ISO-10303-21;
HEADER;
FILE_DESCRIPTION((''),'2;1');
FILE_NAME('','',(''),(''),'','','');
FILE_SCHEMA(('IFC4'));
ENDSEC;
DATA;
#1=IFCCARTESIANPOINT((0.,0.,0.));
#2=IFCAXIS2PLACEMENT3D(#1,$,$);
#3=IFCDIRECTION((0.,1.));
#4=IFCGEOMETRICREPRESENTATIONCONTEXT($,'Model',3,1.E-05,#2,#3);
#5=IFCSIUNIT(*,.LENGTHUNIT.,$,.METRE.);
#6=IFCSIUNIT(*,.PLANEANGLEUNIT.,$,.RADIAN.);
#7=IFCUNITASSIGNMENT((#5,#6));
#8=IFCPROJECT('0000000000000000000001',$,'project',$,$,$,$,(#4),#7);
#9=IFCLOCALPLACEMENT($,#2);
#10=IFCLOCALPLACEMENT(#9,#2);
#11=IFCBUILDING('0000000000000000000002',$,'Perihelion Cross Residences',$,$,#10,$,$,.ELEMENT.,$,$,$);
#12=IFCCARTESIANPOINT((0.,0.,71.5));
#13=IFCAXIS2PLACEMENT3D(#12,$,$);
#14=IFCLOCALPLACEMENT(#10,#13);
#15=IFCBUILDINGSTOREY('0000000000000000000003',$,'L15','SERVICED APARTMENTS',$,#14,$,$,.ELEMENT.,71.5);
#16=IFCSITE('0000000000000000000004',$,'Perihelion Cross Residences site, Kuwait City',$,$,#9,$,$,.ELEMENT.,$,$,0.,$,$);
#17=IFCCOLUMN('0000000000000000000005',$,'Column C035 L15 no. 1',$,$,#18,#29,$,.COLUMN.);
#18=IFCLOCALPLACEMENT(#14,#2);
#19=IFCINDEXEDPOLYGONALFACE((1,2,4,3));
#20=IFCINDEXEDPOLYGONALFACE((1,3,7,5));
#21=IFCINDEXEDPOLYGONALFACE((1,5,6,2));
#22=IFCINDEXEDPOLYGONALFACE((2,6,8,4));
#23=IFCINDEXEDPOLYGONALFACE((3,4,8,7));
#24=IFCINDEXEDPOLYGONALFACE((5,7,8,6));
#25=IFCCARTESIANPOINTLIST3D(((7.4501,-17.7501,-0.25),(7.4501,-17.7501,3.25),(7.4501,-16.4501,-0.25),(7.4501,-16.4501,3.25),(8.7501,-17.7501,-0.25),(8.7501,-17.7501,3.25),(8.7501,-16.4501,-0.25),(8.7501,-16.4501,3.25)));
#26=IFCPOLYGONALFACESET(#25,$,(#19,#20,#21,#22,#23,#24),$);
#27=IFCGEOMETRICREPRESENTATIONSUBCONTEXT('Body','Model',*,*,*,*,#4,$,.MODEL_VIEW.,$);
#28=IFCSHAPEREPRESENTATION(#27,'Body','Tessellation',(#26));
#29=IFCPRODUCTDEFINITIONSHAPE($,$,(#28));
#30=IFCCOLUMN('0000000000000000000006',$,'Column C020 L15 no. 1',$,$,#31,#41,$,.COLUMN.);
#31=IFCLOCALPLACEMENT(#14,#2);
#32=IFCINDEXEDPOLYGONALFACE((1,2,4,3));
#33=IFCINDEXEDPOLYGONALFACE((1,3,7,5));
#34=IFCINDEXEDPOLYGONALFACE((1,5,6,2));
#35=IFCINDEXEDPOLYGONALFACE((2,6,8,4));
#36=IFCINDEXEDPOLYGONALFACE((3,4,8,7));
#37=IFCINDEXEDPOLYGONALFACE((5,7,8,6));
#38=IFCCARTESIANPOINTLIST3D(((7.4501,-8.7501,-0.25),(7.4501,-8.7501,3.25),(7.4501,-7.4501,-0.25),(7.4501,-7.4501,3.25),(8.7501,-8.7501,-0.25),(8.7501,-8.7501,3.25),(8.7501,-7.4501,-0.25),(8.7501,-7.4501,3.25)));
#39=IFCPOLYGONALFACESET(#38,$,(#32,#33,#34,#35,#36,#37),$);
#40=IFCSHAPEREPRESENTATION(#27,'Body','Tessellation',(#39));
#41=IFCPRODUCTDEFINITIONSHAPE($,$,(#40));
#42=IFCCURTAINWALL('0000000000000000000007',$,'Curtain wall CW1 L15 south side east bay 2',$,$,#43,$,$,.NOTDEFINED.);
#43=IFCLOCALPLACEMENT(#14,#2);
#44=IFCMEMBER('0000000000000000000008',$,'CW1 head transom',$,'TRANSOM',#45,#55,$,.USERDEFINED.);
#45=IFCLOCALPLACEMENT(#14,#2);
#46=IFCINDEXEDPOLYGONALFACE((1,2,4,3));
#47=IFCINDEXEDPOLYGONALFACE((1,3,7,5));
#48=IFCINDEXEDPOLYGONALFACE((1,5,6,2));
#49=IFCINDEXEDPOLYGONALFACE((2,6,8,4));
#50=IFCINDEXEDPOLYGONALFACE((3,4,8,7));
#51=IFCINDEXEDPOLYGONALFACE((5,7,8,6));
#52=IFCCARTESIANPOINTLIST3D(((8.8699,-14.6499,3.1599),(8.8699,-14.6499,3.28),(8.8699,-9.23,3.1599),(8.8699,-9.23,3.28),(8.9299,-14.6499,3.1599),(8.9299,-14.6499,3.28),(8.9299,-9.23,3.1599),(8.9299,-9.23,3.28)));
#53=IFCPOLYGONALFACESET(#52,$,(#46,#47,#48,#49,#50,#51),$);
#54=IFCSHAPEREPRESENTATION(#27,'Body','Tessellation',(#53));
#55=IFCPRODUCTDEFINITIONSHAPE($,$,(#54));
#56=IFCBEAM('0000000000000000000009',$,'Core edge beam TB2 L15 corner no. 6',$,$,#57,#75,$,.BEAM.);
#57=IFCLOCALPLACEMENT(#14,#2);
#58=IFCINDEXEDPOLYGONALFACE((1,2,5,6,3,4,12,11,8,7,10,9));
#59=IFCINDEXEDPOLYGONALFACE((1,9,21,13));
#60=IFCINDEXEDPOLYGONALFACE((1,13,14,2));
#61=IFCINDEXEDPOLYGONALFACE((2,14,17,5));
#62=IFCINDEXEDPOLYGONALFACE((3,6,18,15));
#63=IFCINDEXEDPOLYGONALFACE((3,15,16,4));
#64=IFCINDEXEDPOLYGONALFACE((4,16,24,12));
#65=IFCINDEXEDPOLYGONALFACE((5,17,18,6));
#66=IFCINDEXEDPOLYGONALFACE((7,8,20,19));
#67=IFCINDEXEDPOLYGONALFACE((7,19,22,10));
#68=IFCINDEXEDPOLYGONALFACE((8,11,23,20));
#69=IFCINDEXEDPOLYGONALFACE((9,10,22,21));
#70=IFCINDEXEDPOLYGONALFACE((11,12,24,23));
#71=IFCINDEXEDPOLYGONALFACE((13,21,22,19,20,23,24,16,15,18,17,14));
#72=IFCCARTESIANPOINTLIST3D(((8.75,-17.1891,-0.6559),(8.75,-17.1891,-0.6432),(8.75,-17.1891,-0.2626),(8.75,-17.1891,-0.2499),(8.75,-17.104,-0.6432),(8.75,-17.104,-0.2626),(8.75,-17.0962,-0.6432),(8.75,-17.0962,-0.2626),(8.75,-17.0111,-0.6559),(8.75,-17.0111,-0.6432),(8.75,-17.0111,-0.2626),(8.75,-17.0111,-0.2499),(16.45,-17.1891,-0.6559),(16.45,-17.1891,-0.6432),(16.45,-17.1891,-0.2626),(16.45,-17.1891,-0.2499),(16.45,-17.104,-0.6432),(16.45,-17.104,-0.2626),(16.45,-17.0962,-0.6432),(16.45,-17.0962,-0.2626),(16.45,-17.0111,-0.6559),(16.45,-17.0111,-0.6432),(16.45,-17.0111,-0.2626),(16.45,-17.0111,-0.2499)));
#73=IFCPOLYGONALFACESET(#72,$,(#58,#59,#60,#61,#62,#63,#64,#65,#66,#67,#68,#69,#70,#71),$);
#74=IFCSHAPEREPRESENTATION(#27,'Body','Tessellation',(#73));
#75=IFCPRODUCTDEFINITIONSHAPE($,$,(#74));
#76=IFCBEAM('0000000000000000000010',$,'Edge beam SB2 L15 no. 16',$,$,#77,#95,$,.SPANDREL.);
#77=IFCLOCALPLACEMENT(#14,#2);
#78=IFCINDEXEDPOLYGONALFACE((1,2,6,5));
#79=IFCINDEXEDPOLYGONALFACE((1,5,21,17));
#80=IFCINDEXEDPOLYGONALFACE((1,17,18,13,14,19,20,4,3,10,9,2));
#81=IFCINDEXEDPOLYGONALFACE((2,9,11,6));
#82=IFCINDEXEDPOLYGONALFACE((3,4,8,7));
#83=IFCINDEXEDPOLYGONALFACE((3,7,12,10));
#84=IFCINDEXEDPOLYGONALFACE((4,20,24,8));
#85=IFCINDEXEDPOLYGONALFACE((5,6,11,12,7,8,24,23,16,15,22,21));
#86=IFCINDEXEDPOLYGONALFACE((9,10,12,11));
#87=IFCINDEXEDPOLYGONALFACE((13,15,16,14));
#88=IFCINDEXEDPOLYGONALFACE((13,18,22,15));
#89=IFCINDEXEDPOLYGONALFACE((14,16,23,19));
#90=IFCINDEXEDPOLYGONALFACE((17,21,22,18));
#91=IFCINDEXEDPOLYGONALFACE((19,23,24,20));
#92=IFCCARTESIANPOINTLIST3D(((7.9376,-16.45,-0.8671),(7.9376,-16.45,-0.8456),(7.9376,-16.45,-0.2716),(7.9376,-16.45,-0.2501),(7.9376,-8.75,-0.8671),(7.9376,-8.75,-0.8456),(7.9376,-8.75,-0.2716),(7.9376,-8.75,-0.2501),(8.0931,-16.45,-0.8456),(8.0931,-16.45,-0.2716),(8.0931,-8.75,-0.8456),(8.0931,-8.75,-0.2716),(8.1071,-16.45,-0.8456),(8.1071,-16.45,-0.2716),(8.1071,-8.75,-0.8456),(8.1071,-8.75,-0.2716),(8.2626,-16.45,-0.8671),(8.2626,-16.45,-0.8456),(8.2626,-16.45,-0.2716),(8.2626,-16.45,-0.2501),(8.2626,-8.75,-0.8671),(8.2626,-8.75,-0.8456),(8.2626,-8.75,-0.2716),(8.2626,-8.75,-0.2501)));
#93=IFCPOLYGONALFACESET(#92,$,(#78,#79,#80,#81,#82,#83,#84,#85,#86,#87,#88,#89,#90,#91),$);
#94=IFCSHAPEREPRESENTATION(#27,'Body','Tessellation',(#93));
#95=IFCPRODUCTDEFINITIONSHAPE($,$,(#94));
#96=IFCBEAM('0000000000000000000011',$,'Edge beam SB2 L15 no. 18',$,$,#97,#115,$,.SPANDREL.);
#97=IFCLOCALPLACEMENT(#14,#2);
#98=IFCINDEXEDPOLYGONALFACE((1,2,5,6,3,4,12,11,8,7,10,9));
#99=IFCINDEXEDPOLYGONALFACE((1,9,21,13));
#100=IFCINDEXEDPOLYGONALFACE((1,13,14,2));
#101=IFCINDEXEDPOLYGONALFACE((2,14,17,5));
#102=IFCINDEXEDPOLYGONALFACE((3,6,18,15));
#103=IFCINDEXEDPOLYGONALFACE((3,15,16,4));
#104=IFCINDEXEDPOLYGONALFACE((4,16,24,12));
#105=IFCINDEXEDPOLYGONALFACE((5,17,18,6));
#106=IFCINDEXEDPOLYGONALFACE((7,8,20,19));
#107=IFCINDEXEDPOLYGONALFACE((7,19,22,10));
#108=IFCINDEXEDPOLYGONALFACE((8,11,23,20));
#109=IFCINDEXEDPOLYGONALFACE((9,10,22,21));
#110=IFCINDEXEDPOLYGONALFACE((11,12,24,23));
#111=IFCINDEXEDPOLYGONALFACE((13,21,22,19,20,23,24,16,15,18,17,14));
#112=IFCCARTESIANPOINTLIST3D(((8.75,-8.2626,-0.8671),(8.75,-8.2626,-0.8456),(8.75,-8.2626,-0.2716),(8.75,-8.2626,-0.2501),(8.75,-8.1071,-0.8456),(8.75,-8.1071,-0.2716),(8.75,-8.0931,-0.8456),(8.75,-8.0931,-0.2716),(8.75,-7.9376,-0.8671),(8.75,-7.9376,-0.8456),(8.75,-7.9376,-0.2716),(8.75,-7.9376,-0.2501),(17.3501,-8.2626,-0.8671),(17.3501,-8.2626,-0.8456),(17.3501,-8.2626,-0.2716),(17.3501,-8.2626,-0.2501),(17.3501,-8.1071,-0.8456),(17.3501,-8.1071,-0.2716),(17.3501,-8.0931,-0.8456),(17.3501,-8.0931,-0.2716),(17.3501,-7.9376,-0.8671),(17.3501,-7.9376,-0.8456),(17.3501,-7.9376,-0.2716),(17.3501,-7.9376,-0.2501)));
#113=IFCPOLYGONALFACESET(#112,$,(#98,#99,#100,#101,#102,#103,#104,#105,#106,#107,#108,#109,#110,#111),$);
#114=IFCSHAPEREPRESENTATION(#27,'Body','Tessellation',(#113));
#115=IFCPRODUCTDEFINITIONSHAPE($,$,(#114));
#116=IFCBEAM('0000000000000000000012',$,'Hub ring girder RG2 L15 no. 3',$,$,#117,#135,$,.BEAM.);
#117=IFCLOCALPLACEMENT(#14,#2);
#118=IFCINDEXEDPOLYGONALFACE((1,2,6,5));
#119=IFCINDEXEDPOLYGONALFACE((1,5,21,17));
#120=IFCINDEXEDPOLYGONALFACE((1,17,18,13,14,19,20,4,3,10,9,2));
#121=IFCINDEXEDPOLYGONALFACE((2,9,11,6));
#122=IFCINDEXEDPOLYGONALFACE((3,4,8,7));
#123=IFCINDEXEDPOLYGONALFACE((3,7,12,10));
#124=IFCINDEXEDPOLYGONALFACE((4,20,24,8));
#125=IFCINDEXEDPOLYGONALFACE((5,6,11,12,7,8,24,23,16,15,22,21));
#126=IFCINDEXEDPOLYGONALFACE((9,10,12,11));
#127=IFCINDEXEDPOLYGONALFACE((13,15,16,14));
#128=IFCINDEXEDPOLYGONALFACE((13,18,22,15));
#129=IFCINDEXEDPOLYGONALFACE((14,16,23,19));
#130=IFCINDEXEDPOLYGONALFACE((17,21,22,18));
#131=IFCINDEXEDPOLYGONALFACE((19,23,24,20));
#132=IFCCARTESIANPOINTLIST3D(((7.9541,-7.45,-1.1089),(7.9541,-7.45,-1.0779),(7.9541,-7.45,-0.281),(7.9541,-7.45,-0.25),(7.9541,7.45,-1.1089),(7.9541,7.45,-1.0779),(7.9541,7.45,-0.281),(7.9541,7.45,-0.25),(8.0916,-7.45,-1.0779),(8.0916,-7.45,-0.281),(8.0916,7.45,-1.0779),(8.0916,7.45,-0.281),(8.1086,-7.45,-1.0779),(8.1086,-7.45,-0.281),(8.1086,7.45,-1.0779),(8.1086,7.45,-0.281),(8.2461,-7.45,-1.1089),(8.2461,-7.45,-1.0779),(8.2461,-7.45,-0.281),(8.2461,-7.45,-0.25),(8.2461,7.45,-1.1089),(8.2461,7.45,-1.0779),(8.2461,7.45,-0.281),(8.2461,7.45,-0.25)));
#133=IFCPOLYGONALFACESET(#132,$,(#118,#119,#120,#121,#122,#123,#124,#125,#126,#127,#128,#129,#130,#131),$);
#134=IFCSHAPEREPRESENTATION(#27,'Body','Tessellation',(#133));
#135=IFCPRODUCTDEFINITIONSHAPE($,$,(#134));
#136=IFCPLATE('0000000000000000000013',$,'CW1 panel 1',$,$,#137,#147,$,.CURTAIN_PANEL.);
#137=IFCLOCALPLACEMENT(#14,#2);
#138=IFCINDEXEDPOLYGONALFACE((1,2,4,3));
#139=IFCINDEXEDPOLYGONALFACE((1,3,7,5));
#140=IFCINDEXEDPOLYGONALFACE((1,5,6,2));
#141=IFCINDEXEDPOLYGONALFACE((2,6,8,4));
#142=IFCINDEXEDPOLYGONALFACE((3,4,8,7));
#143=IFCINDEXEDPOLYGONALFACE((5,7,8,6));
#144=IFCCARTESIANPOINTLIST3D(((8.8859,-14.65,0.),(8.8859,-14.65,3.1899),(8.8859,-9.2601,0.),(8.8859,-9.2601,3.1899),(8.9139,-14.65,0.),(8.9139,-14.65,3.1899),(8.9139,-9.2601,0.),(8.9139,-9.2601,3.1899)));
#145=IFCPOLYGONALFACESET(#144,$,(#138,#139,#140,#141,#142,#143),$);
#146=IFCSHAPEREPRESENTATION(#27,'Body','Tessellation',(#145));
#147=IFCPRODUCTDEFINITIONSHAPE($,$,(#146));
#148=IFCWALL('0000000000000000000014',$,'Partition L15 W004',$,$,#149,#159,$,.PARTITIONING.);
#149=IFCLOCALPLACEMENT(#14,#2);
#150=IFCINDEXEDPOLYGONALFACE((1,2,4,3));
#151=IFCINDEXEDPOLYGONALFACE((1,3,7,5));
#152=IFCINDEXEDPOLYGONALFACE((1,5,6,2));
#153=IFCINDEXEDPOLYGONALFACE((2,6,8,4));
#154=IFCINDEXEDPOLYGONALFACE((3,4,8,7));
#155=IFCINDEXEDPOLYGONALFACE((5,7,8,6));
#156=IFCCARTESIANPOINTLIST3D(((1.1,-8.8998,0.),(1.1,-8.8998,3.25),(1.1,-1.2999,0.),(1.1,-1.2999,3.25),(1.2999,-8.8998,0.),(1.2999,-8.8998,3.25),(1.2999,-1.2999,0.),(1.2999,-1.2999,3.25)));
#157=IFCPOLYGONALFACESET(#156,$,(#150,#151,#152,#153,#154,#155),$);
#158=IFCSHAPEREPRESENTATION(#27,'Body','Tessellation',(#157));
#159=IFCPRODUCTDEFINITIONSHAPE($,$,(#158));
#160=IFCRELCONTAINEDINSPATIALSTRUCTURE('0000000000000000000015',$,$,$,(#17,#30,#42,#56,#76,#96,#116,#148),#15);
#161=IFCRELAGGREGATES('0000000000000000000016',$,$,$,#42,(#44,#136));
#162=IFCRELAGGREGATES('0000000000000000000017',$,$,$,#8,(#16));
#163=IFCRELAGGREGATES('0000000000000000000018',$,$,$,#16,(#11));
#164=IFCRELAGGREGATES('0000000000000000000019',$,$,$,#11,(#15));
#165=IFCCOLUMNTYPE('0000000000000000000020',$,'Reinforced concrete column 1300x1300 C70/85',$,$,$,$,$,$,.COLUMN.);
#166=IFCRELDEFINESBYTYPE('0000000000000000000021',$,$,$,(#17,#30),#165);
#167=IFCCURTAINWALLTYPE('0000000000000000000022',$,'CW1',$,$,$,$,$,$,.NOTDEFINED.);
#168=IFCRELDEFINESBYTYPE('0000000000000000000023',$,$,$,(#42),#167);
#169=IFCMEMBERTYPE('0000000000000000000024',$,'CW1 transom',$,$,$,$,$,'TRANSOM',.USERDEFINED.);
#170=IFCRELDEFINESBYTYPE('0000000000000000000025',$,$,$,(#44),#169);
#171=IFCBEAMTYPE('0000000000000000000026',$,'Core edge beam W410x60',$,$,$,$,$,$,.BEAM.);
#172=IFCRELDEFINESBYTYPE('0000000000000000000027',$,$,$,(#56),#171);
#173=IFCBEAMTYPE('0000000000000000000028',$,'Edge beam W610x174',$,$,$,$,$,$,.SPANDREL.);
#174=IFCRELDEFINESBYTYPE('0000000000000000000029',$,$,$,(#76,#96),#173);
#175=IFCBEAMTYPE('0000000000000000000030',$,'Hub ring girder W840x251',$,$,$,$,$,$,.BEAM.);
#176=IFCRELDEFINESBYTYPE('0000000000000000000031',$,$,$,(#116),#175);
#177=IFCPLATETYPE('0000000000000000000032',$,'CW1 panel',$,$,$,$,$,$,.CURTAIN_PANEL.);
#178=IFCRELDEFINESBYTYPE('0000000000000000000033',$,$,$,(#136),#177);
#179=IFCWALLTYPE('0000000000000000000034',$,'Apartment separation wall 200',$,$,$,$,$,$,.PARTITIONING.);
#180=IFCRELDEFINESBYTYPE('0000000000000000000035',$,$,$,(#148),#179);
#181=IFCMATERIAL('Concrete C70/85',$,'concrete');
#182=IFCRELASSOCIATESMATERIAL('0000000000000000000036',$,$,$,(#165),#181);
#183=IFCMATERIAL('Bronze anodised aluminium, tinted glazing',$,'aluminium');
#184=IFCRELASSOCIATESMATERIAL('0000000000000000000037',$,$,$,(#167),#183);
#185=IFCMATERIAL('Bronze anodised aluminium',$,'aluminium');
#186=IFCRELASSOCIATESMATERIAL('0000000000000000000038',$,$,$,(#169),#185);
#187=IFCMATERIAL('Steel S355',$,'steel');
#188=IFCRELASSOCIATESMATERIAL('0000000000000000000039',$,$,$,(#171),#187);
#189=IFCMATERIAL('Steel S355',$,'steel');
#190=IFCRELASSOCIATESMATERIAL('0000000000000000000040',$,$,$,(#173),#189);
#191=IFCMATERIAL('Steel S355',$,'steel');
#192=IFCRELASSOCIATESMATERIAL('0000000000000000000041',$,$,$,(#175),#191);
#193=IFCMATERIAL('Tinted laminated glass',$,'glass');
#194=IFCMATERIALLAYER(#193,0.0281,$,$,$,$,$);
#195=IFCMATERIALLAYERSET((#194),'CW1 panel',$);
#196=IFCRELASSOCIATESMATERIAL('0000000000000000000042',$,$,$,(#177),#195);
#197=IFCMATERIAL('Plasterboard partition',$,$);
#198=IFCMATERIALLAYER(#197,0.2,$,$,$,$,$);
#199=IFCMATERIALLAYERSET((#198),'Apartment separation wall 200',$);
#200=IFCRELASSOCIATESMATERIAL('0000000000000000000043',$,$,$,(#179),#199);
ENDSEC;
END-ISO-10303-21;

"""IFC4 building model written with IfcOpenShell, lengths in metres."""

from ifc_helpers import new_model, si_unit, direction, frame, frame_2d, origin, origin_2d, place, context, subcontext, project, spatial, rectangle, i_section, extrude, material, layer, layer_set, material_profile, profile_set, type_object, element, aggregate, save


model = new_model("IFC4")

# Units and contexts
model_context = context("Model", 3, precision=1e-05, world=origin(), true_north=direction((0.0, 1.0)))
body_context = subcontext(model_context, "Body", "Model", "MODEL_VIEW")
ifc_project = project(units=[si_unit("LENGTHUNIT", "METRE"), si_unit("PLANEANGLEUNIT", "RADIAN")], contexts=[model_context])

# Site, building, storey
site_placement = place(None, origin())
site = spatial("IfcSite", under=ifc_project, at=site_placement, Name="Perihelion Cross Residences site, Kuwait City", CompositionType="ELEMENT", RefElevation=0.0)
building_placement = place(site_placement, origin())
building = spatial("IfcBuilding", under=site, at=building_placement, Name="Perihelion Cross Residences", CompositionType="ELEMENT")
storey_placement = place(building_placement, frame((0.0, 0.0, 71.5)))
storey = spatial("IfcBuildingStorey", under=building, at=storey_placement, Name="L15", Description="SERVICED APARTMENTS", CompositionType="ELEMENT", Elevation=71.5)

# Columns
ifc_material_1 = material(Name="Concrete C70/85", Category="concrete")
ifc_material_profile_1 = material_profile(ifc_material_1, rectangle(XDim=1.3, YDim=1.3, at=origin_2d()), Name="RC 1300x1300")
ifc_profile_set_1 = profile_set([ifc_material_profile_1], Name="Concrete C70/85")
column_type = type_object("IfcColumnType", Name="Reinforced concrete column 1300x1300 C70/85", PredefinedType="COLUMN", material=ifc_profile_set_1)
for number, where, z_axis, x_axis, name in (
    (1, (8.1001, -17.1001, -0.25), (0.0, 0.0, 1.0), (1.0, 0.0, 0.0), "Column C035 L15 no. 1"),
    (2, (8.1001, -8.1001, -0.25), (0.0, 0.0, 1.0), (1.0, 0.0, 0.0), "Column C020 L15 no. 1"),
):
    element("IfcColumn", number, at=place(storey_placement, frame(where, z_axis=z_axis, x_axis=x_axis)), inside=storey, type_object=column_type, Name=name, PredefinedType="COLUMN", context=body_context, shape_type="SweptSolid", body=[
        extrude(rectangle(XDim=1.3, YDim=1.3, at=origin_2d()), origin(), (0.0, 0.0, 1.0), 3.5),
    ])

# Curtain wall, member
ifc_material_2 = material(Name="Bronze anodised aluminium, tinted glazing", Category="aluminium")
curtain_wall_type = type_object("IfcCurtainWallType", Name="CW1", PredefinedType="NOTDEFINED", material=ifc_material_2)
curtain_wall_placement = place(storey_placement, origin())
curtain_wall = element("IfcCurtainWall", 3, at=curtain_wall_placement, inside=storey, type_object=curtain_wall_type, Name="Curtain wall CW1 L15 south side east bay 2", PredefinedType="NOTDEFINED")
ifc_material_3 = material(Name="Bronze anodised aluminium", Category="aluminium")
ifc_material_profile_2 = material_profile(ifc_material_3, rectangle(XDim=0.0601, YDim=0.1201, at=origin_2d()), Name="CW1 transom")
ifc_profile_set_2 = profile_set([ifc_material_profile_2], Name="Bronze anodised aluminium")
member_type = type_object("IfcMemberType", Name="CW1 transom", ElementType="TRANSOM", PredefinedType="USERDEFINED", material=ifc_profile_set_2)
member_placement = place(storey_placement, frame((8.8999, -14.6499, 3.22), z_axis=(0.0, 1.0, 0.0), x_axis=(-1.0, 0.0, 0.0)))
member = element("IfcMember", 4, at=member_placement, type_object=member_type, Name="CW1 head transom", ObjectType="TRANSOM", PredefinedType="USERDEFINED", context=body_context, shape_type="SweptSolid", body=[
    extrude(rectangle(XDim=0.0601, YDim=0.1201, at=origin_2d()), origin(), (0.0, 0.0, 1.0), 5.4199),
])

# Beams
ifc_material_4 = material(Name="Steel S355", Category="steel")
ifc_material_profile_3 = material_profile(ifc_material_4, i_section(OverallWidth=0.178, OverallDepth=0.406, WebThickness=0.0078, FlangeThickness=0.0127, at=origin_2d()), Name="W410x60")
ifc_profile_set_3 = profile_set([ifc_material_profile_3], Name="Steel S355")
beam_type_1 = type_object("IfcBeamType", Name="Core edge beam W410x60", PredefinedType="BEAM", material=ifc_profile_set_3)
beam_1_placement = place(storey_placement, frame((8.75, -17.1001, -0.4529), z_axis=(1.0, 0.0, 0.0), x_axis=(0.0, 1.0, 0.0)))
element("IfcBeam", 5, at=beam_1_placement, inside=storey, type_object=beam_type_1, Name="Core edge beam TB2 L15 corner no. 6", PredefinedType="BEAM", context=body_context, shape_type="SweptSolid", body=[
    extrude(i_section(OverallWidth=0.178, OverallDepth=0.406, WebThickness=0.0078, FlangeThickness=0.0127, at=origin_2d()), origin(), (0.0, 0.0, 1.0), 7.7),
])
ifc_material_5 = material(Name="Steel S355", Category="steel")
ifc_material_profile_4 = material_profile(ifc_material_5, i_section(OverallWidth=0.325, OverallDepth=0.6169, WebThickness=0.0139, FlangeThickness=0.0215, at=origin_2d()), Name="W610x174")
ifc_profile_set_4 = profile_set([ifc_material_profile_4], Name="Steel S355")
beam_type_2 = type_object("IfcBeamType", Name="Edge beam W610x174", PredefinedType="SPANDREL", material=ifc_profile_set_4)
beam_2_placement = place(storey_placement, frame((8.1001, -16.45, -0.5586), z_axis=(0.0, 1.0, 0.0), x_axis=(-1.0, 0.0, 0.0)))
element("IfcBeam", 6, at=beam_2_placement, inside=storey, type_object=beam_type_2, Name="Edge beam SB2 L15 no. 16", PredefinedType="SPANDREL", context=body_context, shape_type="SweptSolid", body=[
    extrude(i_section(OverallWidth=0.325, OverallDepth=0.6169, WebThickness=0.0139, FlangeThickness=0.0215, at=origin_2d()), origin(), (0.0, 0.0, 1.0), 7.7),
])
beam_3_placement = place(storey_placement, frame((8.75, -8.1001, -0.5586), z_axis=(1.0, 0.0, 0.0), x_axis=(0.0, 1.0, 0.0)))
element("IfcBeam", 7, at=beam_3_placement, inside=storey, type_object=beam_type_2, Name="Edge beam SB2 L15 no. 18", PredefinedType="SPANDREL", context=body_context, shape_type="SweptSolid", body=[
    extrude(i_section(OverallWidth=0.325, OverallDepth=0.6169, WebThickness=0.0139, FlangeThickness=0.0215, at=origin_2d()), origin(), (0.0, 0.0, 1.0), 8.6001),
])
ifc_material_6 = material(Name="Steel S355", Category="steel")
ifc_material_profile_5 = material_profile(ifc_material_6, i_section(OverallWidth=0.292, OverallDepth=0.8589, WebThickness=0.0171, FlangeThickness=0.031, at=origin_2d()), Name="W840x251")
ifc_profile_set_5 = profile_set([ifc_material_profile_5], Name="Steel S355")
beam_type_3 = type_object("IfcBeamType", Name="Hub ring girder W840x251", PredefinedType="BEAM", material=ifc_profile_set_5)
beam_4_placement = place(storey_placement, frame((8.1001, -7.45, -0.6794), z_axis=(0.0, 1.0, 0.0), x_axis=(-1.0, 0.0, 0.0)))
element("IfcBeam", 8, at=beam_4_placement, inside=storey, type_object=beam_type_3, Name="Hub ring girder RG2 L15 no. 3", PredefinedType="BEAM", context=body_context, shape_type="SweptSolid", body=[
    extrude(i_section(OverallWidth=0.292, OverallDepth=0.8589, WebThickness=0.0171, FlangeThickness=0.031, at=origin_2d()), origin(), (0.0, 0.0, 1.0), 14.8999),
])

# Plate
ifc_material_7 = material(Name="Tinted laminated glass", Category="glass")
ifc_layer_1 = layer(ifc_material_7, 0.0281)
ifc_layer_set_1 = layer_set([ifc_layer_1], Name="CW1 panel")
plate_type = type_object("IfcPlateType", Name="CW1 panel", PredefinedType="CURTAIN_PANEL", material=ifc_layer_set_1)
plate_placement = place(storey_placement, frame((8.8999, -11.9551, 0.0), z_axis=(0.0, 0.0, 1.0), x_axis=(0.0, 1.0, 0.0)))
plate = element("IfcPlate", 9, at=plate_placement, type_object=plate_type, Name="CW1 panel 1", PredefinedType="CURTAIN_PANEL", context=body_context, shape_type="SweptSolid", body=[
    extrude(rectangle(XDim=5.3899, YDim=0.0281, at=origin_2d()), origin(), (0.0, 0.0, 1.0), 3.1899),
])
aggregate(curtain_wall, [member, plate])

# Wall
ifc_material_8 = material(Name="Plasterboard partition")
ifc_layer_2 = layer(ifc_material_8, 0.2)
ifc_layer_set_2 = layer_set([ifc_layer_2], Name="Apartment separation wall 200")
wall_type_1 = type_object("IfcWallType", Name="Apartment separation wall 200", PredefinedType="PARTITIONING", material=ifc_layer_set_2)
wall_1_placement = place(storey_placement, frame((1.2, -1.3, 0.0), z_axis=(0.0, 0.0, 1.0), x_axis=(0.0, -1.0, 0.0)))
element("IfcWall", 10, at=wall_1_placement, inside=storey, type_object=wall_type_1, Name="Partition L15 W004", PredefinedType="PARTITIONING", context=body_context, shape_type="SweptSolid", body=[
    extrude(rectangle(XDim=7.5999, YDim=0.2, at=frame_2d((3.7998, 0.0))), origin(), (0.0, 0.0, 1.0), 3.25),
])

save(model, "model.ifc")
